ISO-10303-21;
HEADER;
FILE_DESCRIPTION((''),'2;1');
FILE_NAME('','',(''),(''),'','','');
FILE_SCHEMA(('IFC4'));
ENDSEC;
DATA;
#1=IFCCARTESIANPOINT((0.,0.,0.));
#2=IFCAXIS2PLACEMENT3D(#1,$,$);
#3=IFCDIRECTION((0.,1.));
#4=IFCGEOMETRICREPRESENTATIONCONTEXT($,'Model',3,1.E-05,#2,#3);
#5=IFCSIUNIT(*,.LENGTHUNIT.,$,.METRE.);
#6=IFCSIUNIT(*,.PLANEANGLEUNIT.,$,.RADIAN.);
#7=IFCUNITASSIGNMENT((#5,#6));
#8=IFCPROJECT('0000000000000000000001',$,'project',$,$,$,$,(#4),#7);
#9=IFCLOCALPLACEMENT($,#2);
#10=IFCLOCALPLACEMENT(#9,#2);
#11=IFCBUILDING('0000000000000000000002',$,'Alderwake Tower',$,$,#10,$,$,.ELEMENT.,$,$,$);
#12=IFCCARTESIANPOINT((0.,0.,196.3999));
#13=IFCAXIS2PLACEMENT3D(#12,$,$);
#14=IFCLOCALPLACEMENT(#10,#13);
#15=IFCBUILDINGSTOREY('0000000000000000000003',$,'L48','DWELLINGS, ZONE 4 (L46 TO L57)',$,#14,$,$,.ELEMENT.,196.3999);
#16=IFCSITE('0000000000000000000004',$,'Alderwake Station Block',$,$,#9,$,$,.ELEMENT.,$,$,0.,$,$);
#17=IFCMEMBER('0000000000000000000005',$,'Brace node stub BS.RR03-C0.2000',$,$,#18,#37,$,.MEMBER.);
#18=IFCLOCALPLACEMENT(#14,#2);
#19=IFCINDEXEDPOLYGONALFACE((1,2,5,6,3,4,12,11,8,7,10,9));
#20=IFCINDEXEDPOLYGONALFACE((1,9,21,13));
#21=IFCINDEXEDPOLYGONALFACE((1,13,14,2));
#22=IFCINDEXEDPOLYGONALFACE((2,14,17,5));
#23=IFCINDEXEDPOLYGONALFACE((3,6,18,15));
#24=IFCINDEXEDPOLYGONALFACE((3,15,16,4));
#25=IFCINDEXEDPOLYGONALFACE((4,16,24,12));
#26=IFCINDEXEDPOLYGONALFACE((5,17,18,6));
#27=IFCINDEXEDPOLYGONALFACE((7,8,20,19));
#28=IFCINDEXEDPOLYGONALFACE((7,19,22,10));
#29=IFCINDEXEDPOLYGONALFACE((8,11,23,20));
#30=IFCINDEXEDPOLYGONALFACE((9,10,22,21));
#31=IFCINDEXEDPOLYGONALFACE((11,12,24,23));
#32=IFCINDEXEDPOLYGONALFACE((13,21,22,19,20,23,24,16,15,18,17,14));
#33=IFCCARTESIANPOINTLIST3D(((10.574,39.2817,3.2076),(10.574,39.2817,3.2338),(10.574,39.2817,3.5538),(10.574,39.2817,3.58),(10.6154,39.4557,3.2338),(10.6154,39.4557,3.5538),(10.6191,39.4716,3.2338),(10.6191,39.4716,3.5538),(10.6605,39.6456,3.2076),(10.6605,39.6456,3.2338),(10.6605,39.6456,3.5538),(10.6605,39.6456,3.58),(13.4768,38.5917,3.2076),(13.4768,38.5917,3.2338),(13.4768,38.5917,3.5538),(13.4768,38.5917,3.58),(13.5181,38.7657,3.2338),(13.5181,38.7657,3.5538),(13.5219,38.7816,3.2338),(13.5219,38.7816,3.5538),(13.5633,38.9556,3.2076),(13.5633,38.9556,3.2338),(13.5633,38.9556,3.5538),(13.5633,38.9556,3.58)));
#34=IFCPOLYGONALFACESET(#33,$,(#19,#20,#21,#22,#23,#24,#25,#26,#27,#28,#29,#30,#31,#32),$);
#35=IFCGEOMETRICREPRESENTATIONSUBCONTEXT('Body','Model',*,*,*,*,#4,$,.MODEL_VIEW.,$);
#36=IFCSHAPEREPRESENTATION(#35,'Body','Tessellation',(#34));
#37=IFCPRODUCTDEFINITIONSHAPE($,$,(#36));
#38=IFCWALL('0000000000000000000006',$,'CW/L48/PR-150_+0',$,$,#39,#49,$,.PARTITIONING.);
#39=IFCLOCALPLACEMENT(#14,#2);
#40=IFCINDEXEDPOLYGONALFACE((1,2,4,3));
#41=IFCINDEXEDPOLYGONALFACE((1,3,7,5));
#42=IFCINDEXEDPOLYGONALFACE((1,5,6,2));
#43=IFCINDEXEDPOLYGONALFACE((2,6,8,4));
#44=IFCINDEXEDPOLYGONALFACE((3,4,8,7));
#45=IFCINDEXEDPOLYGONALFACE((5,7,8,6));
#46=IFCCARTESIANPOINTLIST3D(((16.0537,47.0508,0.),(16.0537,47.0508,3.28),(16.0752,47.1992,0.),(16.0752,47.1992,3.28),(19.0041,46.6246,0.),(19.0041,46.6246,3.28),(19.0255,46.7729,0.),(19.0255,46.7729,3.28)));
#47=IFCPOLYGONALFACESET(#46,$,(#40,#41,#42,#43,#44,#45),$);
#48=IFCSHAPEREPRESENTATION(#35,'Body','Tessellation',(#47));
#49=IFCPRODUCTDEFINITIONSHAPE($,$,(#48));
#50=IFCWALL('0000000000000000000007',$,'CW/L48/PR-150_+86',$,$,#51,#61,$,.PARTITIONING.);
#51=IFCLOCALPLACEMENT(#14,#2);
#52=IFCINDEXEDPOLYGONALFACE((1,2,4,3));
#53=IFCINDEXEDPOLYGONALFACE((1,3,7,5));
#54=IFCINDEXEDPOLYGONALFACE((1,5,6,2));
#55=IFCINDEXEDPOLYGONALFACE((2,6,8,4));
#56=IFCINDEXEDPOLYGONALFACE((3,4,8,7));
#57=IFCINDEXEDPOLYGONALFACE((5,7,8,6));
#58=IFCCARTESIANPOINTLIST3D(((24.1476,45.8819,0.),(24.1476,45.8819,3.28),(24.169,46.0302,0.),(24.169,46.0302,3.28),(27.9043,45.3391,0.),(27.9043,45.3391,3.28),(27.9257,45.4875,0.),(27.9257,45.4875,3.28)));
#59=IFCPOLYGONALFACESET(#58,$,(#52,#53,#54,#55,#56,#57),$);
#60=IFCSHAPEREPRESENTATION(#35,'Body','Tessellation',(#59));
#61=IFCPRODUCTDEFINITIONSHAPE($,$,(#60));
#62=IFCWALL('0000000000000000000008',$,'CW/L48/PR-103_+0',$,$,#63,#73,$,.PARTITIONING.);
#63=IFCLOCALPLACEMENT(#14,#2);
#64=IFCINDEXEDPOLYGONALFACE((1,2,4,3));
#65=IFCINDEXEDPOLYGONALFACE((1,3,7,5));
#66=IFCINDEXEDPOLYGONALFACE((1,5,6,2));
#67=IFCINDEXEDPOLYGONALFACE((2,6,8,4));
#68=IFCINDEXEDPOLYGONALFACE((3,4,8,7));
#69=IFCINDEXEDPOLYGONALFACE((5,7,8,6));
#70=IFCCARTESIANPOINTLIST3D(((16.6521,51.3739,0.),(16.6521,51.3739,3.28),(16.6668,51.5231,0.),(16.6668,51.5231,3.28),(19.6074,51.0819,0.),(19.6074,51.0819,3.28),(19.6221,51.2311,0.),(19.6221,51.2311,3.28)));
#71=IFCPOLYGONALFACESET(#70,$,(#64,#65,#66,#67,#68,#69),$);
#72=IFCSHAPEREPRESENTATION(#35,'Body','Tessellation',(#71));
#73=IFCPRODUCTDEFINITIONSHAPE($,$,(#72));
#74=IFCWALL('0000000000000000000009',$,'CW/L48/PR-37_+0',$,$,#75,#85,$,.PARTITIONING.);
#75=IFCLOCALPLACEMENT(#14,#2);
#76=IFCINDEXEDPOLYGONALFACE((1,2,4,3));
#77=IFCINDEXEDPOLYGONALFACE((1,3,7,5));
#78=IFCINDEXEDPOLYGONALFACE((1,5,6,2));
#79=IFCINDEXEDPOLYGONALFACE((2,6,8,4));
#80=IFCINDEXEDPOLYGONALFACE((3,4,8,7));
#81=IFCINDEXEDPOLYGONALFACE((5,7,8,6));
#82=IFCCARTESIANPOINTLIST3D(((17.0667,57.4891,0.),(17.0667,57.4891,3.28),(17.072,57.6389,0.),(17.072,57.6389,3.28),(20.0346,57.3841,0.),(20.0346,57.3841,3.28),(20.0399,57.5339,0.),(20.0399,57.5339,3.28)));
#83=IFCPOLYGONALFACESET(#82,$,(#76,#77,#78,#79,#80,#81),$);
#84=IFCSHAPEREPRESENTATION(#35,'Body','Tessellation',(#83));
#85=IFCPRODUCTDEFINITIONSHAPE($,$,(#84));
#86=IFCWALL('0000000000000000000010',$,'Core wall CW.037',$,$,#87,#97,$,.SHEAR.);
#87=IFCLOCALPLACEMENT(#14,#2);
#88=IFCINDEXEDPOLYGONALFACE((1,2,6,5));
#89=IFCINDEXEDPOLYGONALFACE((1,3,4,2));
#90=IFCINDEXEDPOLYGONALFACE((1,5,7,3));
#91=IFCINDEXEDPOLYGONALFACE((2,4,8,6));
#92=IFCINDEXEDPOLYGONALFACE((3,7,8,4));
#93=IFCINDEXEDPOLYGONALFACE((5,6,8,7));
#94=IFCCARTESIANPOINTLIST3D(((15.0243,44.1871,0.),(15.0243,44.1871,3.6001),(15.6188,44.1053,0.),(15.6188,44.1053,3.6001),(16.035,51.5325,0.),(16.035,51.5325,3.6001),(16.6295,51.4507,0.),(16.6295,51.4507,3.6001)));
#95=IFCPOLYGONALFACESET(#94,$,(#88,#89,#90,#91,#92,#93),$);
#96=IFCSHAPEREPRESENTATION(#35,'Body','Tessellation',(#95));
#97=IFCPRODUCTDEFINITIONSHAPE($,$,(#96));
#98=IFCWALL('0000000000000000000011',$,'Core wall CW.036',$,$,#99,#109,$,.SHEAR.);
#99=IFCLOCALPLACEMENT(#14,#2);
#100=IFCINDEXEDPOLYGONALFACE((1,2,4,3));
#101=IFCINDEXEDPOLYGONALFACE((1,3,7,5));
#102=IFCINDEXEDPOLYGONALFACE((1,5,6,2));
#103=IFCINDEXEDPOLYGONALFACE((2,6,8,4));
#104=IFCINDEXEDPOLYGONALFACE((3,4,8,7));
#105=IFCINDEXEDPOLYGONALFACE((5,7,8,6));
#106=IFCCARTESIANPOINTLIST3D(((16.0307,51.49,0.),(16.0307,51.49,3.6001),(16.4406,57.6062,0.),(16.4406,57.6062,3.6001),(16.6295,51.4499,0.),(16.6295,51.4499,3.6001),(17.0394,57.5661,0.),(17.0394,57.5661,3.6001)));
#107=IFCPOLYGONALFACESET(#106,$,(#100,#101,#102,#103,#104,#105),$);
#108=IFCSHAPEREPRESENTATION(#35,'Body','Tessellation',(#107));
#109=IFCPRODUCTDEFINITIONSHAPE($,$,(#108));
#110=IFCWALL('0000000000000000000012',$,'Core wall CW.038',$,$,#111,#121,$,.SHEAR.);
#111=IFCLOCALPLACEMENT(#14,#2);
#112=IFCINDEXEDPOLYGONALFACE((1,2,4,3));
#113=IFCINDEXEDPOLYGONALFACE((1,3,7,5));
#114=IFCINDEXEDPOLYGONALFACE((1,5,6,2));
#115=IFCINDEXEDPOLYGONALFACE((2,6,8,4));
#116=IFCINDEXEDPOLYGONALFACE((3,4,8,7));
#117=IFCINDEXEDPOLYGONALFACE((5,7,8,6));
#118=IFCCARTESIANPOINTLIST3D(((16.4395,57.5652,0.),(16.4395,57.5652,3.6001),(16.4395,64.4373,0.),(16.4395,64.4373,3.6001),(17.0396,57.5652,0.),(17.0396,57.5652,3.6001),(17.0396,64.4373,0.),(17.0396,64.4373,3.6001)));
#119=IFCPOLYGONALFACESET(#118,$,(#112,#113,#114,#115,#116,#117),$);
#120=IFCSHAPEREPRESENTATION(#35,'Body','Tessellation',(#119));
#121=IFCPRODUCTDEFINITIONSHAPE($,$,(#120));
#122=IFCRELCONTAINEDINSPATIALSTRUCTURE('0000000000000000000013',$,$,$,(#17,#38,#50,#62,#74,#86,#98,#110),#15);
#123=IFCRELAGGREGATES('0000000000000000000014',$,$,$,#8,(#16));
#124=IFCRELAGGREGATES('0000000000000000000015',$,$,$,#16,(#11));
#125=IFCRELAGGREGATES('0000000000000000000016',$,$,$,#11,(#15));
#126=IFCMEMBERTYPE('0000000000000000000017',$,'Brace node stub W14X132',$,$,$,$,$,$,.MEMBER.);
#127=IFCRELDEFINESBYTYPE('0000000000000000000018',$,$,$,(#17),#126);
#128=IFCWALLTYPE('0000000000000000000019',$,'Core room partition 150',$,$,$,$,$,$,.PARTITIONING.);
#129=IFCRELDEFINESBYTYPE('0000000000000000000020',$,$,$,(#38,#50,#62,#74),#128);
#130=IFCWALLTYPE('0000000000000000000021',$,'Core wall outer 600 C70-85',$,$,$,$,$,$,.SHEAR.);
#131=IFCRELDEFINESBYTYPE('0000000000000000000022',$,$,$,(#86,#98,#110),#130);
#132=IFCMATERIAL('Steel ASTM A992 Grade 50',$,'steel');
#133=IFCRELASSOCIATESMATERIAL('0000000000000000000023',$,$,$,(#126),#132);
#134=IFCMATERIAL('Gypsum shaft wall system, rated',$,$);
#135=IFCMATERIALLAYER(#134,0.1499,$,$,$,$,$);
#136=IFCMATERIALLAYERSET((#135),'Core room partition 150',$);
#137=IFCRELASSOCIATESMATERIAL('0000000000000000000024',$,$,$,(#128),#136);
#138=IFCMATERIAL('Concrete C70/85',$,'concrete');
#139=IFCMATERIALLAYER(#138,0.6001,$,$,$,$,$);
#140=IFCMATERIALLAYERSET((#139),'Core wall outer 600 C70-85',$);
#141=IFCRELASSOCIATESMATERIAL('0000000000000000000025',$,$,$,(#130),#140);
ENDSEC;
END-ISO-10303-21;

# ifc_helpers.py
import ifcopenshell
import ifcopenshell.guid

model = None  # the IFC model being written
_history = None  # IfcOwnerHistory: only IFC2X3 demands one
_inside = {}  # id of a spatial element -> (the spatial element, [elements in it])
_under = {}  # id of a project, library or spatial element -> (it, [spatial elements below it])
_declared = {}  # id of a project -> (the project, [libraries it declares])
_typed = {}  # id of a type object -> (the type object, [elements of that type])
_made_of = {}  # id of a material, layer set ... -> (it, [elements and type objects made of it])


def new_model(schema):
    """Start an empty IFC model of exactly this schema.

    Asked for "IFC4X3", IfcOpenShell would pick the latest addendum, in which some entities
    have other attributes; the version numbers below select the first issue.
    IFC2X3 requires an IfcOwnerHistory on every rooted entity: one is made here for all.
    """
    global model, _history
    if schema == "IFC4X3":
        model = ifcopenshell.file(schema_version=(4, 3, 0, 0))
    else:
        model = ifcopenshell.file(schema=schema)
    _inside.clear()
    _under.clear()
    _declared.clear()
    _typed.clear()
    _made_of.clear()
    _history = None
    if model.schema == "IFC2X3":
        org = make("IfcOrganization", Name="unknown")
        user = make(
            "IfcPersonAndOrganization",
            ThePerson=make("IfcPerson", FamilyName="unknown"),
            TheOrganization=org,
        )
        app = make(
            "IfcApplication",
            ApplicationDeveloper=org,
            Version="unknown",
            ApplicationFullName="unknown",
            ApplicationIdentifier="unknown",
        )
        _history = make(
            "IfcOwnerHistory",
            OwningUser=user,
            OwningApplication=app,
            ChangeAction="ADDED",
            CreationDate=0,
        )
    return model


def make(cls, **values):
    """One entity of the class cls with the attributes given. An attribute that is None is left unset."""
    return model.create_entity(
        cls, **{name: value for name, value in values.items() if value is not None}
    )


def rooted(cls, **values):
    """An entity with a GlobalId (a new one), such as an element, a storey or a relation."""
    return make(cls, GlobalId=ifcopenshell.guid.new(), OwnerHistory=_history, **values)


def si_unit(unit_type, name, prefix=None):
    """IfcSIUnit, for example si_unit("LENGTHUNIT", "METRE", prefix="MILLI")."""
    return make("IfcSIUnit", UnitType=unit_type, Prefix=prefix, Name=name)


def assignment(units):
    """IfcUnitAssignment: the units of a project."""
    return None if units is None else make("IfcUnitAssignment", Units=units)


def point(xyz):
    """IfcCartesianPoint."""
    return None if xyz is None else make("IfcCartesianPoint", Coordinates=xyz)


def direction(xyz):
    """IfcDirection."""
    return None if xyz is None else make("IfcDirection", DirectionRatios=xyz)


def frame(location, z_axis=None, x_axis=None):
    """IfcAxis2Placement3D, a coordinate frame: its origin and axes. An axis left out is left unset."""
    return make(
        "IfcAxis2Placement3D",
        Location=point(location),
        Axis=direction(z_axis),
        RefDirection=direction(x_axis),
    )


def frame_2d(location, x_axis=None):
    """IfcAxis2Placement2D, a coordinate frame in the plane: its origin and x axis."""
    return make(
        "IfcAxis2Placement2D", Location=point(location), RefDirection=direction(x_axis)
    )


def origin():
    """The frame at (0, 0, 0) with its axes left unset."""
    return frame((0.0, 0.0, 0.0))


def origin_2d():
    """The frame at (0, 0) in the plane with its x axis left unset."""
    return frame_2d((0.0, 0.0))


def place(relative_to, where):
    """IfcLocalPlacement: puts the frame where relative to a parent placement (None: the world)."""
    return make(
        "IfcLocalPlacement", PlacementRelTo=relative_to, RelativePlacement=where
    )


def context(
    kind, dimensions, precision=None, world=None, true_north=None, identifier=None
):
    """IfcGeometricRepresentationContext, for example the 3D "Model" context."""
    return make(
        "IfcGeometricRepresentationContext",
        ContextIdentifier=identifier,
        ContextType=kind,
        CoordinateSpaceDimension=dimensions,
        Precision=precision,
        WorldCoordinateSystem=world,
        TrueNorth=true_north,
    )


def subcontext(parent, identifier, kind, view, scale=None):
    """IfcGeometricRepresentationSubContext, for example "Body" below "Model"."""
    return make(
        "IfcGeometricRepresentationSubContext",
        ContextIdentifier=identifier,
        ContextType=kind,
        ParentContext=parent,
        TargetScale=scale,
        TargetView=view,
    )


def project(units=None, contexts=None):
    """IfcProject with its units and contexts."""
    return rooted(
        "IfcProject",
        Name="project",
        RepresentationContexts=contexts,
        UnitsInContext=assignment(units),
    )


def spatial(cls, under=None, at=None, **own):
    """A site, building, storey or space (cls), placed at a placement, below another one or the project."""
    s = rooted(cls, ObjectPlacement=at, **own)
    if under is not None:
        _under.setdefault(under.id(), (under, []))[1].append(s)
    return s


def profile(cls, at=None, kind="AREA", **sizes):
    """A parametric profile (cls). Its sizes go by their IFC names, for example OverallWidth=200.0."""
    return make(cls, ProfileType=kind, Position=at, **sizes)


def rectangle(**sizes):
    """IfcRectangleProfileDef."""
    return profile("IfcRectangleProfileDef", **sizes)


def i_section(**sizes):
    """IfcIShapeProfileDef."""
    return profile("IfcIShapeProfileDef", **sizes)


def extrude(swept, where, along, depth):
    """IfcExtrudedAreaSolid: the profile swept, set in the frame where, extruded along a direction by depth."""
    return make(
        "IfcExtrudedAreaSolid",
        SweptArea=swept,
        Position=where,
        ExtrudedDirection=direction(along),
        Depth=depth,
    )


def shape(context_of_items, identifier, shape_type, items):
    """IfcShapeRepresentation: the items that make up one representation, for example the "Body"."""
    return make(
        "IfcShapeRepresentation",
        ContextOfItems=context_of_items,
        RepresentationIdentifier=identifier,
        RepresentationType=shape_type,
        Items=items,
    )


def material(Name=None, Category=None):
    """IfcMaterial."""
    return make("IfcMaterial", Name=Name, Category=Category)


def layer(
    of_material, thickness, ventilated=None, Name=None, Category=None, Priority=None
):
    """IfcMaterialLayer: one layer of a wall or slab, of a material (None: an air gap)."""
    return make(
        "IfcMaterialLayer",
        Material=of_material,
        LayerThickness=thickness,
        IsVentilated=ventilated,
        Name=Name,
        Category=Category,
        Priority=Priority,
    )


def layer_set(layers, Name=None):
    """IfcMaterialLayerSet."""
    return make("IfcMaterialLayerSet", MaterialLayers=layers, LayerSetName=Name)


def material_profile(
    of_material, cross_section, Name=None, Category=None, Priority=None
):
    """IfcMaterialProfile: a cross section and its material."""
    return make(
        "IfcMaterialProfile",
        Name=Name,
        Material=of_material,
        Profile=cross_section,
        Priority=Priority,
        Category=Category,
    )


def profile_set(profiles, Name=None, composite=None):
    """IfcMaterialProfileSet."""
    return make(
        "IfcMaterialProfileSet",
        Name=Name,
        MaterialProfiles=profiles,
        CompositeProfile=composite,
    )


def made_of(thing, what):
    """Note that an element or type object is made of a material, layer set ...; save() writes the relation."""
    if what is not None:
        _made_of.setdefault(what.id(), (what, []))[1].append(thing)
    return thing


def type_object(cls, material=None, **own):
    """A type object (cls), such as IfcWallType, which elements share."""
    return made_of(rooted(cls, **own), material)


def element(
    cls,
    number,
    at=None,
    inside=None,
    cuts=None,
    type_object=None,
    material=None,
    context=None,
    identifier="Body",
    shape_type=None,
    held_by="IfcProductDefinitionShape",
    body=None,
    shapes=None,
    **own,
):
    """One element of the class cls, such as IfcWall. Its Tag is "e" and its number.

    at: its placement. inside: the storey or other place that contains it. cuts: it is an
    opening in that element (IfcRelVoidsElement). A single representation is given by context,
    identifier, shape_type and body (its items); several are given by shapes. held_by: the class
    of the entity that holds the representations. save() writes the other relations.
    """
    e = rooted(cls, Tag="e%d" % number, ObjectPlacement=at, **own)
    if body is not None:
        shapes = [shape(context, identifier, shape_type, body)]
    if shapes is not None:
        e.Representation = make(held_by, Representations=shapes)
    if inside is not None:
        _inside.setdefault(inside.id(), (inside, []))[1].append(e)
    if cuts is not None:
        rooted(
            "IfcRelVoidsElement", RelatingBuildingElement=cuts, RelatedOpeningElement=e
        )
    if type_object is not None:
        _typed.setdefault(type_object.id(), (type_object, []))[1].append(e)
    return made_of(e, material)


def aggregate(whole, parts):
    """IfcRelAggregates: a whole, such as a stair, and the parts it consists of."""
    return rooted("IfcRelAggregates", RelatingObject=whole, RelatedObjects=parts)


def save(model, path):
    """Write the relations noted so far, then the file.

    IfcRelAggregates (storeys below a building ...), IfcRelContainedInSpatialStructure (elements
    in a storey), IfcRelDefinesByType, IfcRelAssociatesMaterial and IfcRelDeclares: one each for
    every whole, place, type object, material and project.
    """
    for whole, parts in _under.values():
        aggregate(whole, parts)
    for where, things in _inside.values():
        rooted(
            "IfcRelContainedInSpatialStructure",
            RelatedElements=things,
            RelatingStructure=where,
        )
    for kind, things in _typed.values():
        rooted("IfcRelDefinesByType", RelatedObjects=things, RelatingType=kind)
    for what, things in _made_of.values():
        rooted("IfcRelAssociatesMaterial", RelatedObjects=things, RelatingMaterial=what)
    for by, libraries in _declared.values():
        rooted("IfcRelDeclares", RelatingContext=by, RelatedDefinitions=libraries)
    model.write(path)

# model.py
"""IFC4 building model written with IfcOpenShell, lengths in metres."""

from ifc_helpers import new_model, si_unit, direction, frame, frame_2d, origin, origin_2d, place, context, subcontext, project, spatial, rectangle, i_section, extrude, material, layer, layer_set, material_profile, profile_set, type_object, element, save


model = new_model("IFC4")

# Units and contexts
model_context = context("Model", 3, precision=1e-05, world=origin(), true_north=direction((0.0, 1.0)))
body_context = subcontext(model_context, "Body", "Model", "MODEL_VIEW")
ifc_project = project(units=[si_unit("LENGTHUNIT", "METRE"), si_unit("PLANEANGLEUNIT", "RADIAN")], contexts=[model_context])

# Site, building, storey
site_placement = place(None, origin())
site = spatial("IfcSite", under=ifc_project, at=site_placement, Name="Alderwake Station Block", CompositionType="ELEMENT", RefElevation=0.0)
building_placement = place(site_placement, origin())
building = spatial("IfcBuilding", under=site, at=building_placement, Name="Alderwake Tower", CompositionType="ELEMENT")
storey_placement = place(building_placement, frame((0.0, 0.0, 196.3999)))
storey = spatial("IfcBuildingStorey", under=building, at=storey_placement, Name="L48", Description="DWELLINGS, ZONE 4 (L46 TO L57)", CompositionType="ELEMENT", Elevation=196.3999)

# Member
ifc_material_1 = material(Name="Steel ASTM A992 Grade 50", Category="steel")
ifc_material_profile_1 = material_profile(ifc_material_1, i_section(OverallWidth=0.374, OverallDepth=0.3723, WebThickness=0.0164, FlangeThickness=0.0261, at=origin_2d()), Name="W14X132")
ifc_profile_set_1 = profile_set([ifc_material_profile_1], Name="Steel ASTM A992 Grade 50")
member_type = type_object("IfcMemberType", Name="Brace node stub W14X132", PredefinedType="MEMBER", material=ifc_profile_set_1)
member_placement = place(storey_placement, frame((13.52, 38.7737, 3.3938), z_axis=(-0.972897, 0.231237, 0.0), x_axis=(-0.231237, -0.972897, 0.0)))
element("IfcMember", 1, at=member_placement, inside=storey, type_object=member_type, Name="Brace node stub BS.RR03-C0.2000", PredefinedType="MEMBER", context=body_context, shape_type="SweptSolid", body=[
    extrude(i_section(OverallWidth=0.374, OverallDepth=0.3723, WebThickness=0.0164, FlangeThickness=0.0261, at=origin_2d()), origin(), (0.0, 0.0, 1.0), 2.9836),
])

# Walls
ifc_material_2 = material(Name="Gypsum shaft wall system, rated")
ifc_layer_1 = layer(ifc_material_2, 0.1499)
ifc_layer_set_1 = layer_set([ifc_layer_1], Name="Core room partition 150")
wall_type_1 = type_object("IfcWallType", Name="Core room partition 150", PredefinedType="PARTITIONING", material=ifc_layer_set_1)
wall_1_placement = place(storey_placement, frame((16.0645, 47.125, 0.0), z_axis=(0.0, 0.0, 1.0), x_axis=(0.989724, -0.142992, 0.0)))
element("IfcWall", 2, at=wall_1_placement, inside=storey, type_object=wall_type_1, Name="CW/L48/PR-150_+0", PredefinedType="PARTITIONING", context=body_context, shape_type="SweptSolid", body=[
    extrude(rectangle(XDim=2.981, YDim=0.1499, at=frame_2d((1.4905, 0.0))), origin(), (0.0, 0.0, 1.0), 3.28),
])
wall_2_placement = place(storey_placement, frame((24.1582, 45.9561, 0.0), z_axis=(0.0, 0.0, 1.0), x_axis=(0.989724, -0.142988, 0.0)))
element("IfcWall", 3, at=wall_2_placement, inside=storey, type_object=wall_type_1, Name="CW/L48/PR-150_+86", PredefinedType="PARTITIONING", context=body_context, shape_type="SweptSolid", body=[
    extrude(rectangle(XDim=3.7957, YDim=0.1499, at=frame_2d((1.8979, 0.0))), origin(), (0.0, 0.0, 1.0), 3.28),
])
for number, where, z_axis, x_axis, name in (
    (4, (16.6594, 51.4485, 0.0), (0.0, 0.0, 1.0), (0.995155, -0.098323, 0.0), "CW/L48/PR-103_+0"),
    (5, (17.0693, 57.564, 0.0), (0.0, 0.0, 1.0), (0.999375, -0.035351, 0.0), "CW/L48/PR-37_+0"),
):
    element("IfcWall", number, at=place(storey_placement, frame(where, z_axis=z_axis, x_axis=x_axis)), inside=storey, type_object=wall_type_1, Name=name, PredefinedType="PARTITIONING", context=body_context, shape_type="SweptSolid", body=[
        extrude(rectangle(XDim=2.9697, YDim=0.1499, at=frame_2d((1.4849, 0.0))), origin(), (0.0, 0.0, 1.0), 3.28),
    ])
ifc_material_3 = material(Name="Concrete C70/85", Category="concrete")
ifc_layer_2 = layer(ifc_material_3, 0.6001)
ifc_layer_set_2 = layer_set([ifc_layer_2], Name="Core wall outer 600 C70-85")
wall_type_2 = type_object("IfcWallType", Name="Core wall outer 600 C70-85", PredefinedType="SHEAR", material=ifc_layer_set_2)
wall_3_placement = place(storey_placement, frame((15.3215, 44.1462, 0.0), z_axis=(0.0, 0.0, 1.0), x_axis=(0.136316, 0.990665, 0.0)))
element("IfcWall", 6, at=wall_3_placement, inside=storey, type_object=wall_type_2, Name="Core wall CW.037", PredefinedType="SHEAR", context=body_context, shape_type="SweptSolid", body=[
    extrude(rectangle(XDim=7.4146, YDim=0.6001, at=frame_2d((3.7073, 0.0))), origin(), (0.0, 0.0, 1.0), 3.6001),
])
wall_4_placement = place(storey_placement, frame((16.3301, 51.47, 0.0), z_axis=(0.0, 0.0, 1.0), x_axis=(0.066871, 0.997762, 0.0)))
element("IfcWall", 7, at=wall_4_placement, inside=storey, type_object=wall_type_2, Name="Core wall CW.036", PredefinedType="SHEAR", context=body_context, shape_type="SweptSolid", body=[
    extrude(rectangle(XDim=6.1299, YDim=0.6001, at=frame_2d((3.0649, 0.0))), origin(), (0.0, 0.0, 1.0), 3.6001),
])
wall_5_placement = place(storey_placement, frame((16.7395, 57.5652, 0.0), z_axis=(0.0, 0.0, 1.0), x_axis=(0.0, 1.0, 0.0)))
element("IfcWall", 8, at=wall_5_placement, inside=storey, type_object=wall_type_2, Name="Core wall CW.038", PredefinedType="SHEAR", context=body_context, shape_type="SweptSolid", body=[
    extrude(rectangle(XDim=6.8721, YDim=0.6001, at=frame_2d((3.436, 0.0))), origin(), (0.0, 0.0, 1.0), 3.6001),
])

save(model, "model.ifc")
